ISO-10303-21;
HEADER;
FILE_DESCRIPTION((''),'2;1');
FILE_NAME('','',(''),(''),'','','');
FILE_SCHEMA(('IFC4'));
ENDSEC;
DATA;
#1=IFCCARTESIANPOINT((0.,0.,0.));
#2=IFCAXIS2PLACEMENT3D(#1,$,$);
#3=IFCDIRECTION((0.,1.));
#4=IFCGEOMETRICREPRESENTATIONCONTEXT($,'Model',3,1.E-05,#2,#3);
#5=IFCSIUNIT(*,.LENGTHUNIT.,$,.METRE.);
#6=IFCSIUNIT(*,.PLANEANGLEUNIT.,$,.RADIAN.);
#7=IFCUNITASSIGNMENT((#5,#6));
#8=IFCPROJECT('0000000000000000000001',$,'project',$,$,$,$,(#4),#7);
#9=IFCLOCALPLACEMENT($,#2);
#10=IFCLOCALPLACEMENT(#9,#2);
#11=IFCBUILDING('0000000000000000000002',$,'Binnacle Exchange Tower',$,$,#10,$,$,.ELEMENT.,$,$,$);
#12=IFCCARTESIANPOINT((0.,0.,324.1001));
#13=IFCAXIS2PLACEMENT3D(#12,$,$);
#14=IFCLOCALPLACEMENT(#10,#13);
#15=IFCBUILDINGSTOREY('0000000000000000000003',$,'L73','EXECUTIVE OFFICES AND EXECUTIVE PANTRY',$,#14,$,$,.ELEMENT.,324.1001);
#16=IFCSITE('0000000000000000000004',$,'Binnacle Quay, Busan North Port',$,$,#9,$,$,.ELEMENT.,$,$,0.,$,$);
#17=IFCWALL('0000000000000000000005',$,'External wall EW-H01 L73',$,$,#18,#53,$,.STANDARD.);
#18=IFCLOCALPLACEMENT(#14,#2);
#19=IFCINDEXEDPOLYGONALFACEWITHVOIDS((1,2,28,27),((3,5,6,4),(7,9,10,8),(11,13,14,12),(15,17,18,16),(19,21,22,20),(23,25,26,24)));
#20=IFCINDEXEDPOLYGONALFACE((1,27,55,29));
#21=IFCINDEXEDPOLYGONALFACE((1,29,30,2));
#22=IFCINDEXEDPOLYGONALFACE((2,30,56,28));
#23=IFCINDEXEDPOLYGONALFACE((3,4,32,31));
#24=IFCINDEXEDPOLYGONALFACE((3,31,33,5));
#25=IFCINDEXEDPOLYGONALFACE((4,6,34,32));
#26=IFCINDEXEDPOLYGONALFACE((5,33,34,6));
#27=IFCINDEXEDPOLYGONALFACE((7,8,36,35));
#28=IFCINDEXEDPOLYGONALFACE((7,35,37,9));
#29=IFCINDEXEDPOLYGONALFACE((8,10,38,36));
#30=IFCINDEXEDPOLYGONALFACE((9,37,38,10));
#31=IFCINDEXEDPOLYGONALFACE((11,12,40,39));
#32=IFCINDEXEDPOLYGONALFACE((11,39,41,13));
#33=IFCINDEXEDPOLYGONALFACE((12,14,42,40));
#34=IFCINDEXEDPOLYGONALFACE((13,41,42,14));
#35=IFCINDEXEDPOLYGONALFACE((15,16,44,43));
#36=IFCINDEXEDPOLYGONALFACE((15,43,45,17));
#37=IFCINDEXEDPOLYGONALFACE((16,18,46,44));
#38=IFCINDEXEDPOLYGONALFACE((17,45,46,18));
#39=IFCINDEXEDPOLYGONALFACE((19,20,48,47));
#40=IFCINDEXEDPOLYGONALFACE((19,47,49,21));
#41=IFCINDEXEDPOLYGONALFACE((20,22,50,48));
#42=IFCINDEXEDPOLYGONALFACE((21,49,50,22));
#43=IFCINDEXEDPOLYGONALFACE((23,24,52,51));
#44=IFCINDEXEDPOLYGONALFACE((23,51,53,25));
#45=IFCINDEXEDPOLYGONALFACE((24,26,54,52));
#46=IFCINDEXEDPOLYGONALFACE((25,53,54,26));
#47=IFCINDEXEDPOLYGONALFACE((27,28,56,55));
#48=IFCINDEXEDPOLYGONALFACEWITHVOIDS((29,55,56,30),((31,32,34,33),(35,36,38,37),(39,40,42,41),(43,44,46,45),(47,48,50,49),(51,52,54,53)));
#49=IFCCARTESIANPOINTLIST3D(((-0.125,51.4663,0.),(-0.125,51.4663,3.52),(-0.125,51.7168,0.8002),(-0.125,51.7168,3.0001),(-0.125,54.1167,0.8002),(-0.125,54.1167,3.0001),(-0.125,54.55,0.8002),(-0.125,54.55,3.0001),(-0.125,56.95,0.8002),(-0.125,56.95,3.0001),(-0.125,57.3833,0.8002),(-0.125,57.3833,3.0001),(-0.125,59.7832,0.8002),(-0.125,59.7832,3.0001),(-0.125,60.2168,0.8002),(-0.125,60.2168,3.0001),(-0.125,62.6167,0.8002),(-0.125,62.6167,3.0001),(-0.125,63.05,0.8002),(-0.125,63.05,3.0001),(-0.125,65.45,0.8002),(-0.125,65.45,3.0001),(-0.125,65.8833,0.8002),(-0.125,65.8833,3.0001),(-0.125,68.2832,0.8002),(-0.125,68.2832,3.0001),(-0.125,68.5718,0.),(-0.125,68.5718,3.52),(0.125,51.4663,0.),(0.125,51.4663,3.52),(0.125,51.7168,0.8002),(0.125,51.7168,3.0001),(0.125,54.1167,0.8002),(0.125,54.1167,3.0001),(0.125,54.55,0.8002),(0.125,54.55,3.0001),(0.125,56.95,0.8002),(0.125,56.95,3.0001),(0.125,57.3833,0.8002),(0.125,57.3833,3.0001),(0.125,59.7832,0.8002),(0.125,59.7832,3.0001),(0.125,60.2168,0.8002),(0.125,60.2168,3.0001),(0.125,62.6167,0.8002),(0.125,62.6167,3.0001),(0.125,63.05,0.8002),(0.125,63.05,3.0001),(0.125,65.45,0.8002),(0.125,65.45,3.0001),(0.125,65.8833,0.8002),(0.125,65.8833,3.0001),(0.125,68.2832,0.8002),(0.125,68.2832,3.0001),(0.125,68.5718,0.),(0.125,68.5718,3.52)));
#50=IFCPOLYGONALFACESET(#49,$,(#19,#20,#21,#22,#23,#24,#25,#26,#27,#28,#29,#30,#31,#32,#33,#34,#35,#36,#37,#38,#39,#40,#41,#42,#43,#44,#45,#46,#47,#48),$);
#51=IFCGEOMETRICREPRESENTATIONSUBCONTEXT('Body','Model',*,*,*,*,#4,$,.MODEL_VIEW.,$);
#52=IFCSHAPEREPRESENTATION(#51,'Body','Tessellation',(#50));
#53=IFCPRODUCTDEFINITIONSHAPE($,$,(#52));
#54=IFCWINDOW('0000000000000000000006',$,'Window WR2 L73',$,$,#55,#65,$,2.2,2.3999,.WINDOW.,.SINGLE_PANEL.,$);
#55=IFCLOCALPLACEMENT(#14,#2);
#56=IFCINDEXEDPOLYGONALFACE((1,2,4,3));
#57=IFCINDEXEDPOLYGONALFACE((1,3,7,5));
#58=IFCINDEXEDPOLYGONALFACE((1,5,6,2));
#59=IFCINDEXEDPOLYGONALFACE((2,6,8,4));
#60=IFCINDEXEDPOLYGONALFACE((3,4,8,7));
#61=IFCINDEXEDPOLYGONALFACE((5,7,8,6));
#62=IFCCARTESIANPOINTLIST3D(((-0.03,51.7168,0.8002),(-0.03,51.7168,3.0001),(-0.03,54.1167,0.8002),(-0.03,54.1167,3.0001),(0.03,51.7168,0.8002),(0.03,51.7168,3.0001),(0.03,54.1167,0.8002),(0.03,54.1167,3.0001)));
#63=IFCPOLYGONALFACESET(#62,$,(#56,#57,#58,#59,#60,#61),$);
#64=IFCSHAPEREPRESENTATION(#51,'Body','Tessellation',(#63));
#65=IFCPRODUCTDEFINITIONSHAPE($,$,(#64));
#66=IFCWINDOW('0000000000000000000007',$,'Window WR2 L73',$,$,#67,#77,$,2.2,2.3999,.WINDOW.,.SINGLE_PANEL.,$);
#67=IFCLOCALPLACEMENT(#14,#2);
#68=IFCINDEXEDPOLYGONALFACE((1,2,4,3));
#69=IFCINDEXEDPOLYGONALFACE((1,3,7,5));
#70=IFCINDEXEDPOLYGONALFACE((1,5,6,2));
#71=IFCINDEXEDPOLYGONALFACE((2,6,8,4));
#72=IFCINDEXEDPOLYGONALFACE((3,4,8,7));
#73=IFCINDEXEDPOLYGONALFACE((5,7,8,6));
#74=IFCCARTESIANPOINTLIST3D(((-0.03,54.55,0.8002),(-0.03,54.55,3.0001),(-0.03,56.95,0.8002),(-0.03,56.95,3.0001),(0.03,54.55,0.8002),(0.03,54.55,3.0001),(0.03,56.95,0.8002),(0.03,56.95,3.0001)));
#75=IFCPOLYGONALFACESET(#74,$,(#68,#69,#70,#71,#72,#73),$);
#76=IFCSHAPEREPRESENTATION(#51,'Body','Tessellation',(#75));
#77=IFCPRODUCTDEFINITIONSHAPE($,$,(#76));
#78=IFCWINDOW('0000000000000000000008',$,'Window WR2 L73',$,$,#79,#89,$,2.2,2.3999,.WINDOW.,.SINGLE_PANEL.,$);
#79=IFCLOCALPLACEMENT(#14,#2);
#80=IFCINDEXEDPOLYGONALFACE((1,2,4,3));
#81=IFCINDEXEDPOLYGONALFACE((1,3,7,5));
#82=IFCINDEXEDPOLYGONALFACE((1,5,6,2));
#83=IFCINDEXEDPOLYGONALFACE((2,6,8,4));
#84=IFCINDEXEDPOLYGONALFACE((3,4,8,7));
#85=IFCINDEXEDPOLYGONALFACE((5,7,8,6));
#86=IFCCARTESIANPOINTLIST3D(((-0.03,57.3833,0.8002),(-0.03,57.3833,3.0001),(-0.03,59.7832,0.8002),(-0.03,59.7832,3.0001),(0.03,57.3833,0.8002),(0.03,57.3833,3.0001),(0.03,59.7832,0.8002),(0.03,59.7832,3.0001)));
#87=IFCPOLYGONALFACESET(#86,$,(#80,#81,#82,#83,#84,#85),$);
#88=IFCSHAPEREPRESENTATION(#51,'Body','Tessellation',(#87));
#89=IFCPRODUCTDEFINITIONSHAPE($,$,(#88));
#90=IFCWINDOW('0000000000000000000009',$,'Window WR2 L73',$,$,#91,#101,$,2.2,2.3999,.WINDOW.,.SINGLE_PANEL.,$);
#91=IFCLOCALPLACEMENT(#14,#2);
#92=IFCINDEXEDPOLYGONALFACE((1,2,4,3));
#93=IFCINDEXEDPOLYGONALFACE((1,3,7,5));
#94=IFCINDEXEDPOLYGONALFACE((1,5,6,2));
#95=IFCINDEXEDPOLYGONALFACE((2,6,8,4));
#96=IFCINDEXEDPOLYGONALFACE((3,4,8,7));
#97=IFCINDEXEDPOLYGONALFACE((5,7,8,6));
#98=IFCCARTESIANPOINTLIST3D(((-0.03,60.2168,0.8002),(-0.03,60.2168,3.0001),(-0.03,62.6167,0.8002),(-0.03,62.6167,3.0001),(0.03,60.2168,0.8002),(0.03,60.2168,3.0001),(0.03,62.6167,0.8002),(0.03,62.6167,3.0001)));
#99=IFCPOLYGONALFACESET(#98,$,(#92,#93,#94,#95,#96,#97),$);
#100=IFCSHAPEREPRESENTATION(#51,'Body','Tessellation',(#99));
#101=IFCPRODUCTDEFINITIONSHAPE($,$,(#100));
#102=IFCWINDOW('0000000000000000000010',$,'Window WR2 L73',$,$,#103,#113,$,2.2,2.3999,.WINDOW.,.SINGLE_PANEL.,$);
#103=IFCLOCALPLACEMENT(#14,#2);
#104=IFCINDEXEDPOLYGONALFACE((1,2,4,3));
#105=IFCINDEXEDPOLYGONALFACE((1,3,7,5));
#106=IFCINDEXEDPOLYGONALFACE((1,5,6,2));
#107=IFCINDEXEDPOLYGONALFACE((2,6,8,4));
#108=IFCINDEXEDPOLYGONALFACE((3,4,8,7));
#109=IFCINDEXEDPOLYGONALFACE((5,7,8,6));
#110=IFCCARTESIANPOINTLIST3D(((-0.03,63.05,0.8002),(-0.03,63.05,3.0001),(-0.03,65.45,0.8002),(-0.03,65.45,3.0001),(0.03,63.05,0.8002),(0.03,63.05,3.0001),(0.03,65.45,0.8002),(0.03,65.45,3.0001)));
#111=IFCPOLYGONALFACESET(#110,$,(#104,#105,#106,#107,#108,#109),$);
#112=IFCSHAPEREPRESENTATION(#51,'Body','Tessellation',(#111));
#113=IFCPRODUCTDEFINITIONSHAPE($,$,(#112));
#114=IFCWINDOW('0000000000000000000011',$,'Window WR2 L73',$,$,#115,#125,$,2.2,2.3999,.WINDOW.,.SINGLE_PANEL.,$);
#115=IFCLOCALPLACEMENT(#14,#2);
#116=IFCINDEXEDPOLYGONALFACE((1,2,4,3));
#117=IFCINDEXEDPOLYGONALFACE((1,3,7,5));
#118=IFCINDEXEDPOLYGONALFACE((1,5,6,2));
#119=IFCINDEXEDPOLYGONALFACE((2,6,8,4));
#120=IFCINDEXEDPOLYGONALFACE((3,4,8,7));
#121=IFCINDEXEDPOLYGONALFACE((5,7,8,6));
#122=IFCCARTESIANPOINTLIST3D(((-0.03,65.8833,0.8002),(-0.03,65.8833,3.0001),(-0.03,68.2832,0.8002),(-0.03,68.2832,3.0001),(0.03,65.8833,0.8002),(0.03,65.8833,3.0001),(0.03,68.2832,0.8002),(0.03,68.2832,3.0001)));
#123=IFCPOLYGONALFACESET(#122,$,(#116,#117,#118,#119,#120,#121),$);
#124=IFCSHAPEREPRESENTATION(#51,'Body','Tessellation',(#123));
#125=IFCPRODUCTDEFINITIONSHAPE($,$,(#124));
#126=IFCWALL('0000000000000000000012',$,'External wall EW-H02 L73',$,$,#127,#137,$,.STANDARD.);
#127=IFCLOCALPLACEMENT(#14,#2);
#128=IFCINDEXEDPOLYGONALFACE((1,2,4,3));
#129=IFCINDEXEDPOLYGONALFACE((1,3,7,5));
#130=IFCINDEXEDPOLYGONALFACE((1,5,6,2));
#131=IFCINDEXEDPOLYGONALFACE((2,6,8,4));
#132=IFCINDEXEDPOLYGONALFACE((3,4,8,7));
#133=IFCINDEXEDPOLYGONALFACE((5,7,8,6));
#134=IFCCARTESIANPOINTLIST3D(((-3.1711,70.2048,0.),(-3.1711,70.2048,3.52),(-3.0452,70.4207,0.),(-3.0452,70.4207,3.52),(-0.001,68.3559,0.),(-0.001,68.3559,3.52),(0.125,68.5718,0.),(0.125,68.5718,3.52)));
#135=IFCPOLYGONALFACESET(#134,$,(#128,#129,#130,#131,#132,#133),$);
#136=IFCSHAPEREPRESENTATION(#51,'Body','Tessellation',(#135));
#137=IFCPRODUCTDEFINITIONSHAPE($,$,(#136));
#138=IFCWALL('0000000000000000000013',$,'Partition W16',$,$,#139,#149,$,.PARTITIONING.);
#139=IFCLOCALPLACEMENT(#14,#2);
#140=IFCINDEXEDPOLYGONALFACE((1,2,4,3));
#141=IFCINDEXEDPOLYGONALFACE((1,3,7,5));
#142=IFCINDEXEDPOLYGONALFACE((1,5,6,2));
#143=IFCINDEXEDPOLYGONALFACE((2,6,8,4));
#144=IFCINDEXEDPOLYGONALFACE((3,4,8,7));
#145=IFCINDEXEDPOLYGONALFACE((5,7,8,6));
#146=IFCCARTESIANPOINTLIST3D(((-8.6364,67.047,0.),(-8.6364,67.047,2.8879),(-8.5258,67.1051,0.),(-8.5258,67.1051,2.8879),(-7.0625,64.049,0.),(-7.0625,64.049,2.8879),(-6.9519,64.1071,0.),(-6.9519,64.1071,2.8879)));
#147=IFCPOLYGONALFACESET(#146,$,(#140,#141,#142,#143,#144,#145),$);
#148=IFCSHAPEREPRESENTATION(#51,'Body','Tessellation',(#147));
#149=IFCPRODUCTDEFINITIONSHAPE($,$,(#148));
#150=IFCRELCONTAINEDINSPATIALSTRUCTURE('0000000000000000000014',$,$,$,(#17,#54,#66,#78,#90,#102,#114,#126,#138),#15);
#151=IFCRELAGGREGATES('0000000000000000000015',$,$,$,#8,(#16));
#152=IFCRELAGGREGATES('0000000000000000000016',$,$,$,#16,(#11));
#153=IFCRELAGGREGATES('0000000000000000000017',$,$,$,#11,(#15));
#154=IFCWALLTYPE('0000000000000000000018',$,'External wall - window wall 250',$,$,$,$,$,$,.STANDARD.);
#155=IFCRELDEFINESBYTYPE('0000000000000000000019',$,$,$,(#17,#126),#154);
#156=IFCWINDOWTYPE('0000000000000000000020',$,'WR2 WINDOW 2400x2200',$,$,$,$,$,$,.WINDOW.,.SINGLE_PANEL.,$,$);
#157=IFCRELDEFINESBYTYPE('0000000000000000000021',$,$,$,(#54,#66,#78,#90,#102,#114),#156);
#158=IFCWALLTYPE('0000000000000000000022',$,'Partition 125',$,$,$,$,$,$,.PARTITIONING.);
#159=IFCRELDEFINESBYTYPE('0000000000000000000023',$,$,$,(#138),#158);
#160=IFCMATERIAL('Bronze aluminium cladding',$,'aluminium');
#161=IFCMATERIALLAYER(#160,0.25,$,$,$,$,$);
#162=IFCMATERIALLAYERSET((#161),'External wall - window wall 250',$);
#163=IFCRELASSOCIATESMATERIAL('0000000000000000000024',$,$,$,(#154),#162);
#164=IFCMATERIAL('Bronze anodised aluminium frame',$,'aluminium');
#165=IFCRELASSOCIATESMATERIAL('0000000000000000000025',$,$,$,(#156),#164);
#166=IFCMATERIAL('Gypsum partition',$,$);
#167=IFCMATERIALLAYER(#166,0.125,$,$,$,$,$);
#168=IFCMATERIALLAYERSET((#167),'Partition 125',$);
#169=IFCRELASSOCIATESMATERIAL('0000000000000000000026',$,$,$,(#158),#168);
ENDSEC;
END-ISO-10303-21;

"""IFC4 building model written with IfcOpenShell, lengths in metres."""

from ifc_helpers import new_model, si_unit, direction, frame, frame_2d, origin, place, context, subcontext, project, spatial, rectangle, extrude, material, layer, layer_set, type_object, element, fill, save


model = new_model("IFC4")

# Units and contexts
model_context = context("Model", 3, precision=1e-05, world=origin(), true_north=direction((0.0, 1.0)))
body_context = subcontext(model_context, "Body", "Model", "MODEL_VIEW")
ifc_project = project(units=[si_unit("LENGTHUNIT", "METRE"), si_unit("PLANEANGLEUNIT", "RADIAN")], contexts=[model_context])

# Site, building, storey
site_placement = place(None, origin())
site = spatial("IfcSite", under=ifc_project, at=site_placement, Name="Binnacle Quay, Busan North Port", CompositionType="ELEMENT", RefElevation=0.0)
building_placement = place(site_placement, origin())
building = spatial("IfcBuilding", under=site, at=building_placement, Name="Binnacle Exchange Tower", CompositionType="ELEMENT")
storey_placement = place(building_placement, frame((0.0, 0.0, 324.1001)))
storey = spatial("IfcBuildingStorey", under=building, at=storey_placement, Name="L73", Description="EXECUTIVE OFFICES AND EXECUTIVE PANTRY", CompositionType="ELEMENT", Elevation=324.1001)

# Shared definitions
ifc_material_1 = material(Name="Bronze anodised aluminium frame", Category="aluminium")

# Wall, openings, windows
ifc_material_2 = material(Name="Bronze aluminium cladding", Category="aluminium")
ifc_layer_1 = layer(ifc_material_2, 0.25)
ifc_layer_set_1 = layer_set([ifc_layer_1], Name="External wall - window wall 250")
wall_type_1 = type_object("IfcWallType", Name="External wall - window wall 250", PredefinedType="STANDARD", material=ifc_layer_set_1)
wall_1_placement = place(storey_placement, frame((0.0, 68.5718, 0.0), z_axis=(0.0, 0.0, 1.0), x_axis=(0.0, -1.0, 0.0)))
wall_1 = element("IfcWall", 1, at=wall_1_placement, inside=storey, type_object=wall_type_1, Name="External wall EW-H01 L73", PredefinedType="STANDARD", context=body_context, shape_type="SweptSolid", body=[
    extrude(rectangle(XDim=17.1055, YDim=0.25, at=frame_2d((8.5527, 0.0))), origin(), (0.0, 0.0, 1.0), 3.52),
])
opening_1_placement = place(wall_1_placement, frame((14.4551, 0.0, 0.8)))
opening_1 = element("IfcOpeningElement", 2, at=opening_1_placement, cuts=wall_1, PredefinedType="OPENING", context=body_context, shape_type="SweptSolid", body=[
    extrude(rectangle(XDim=2.3999, YDim=2.2, at=frame_2d((1.2, 1.1001))), frame((0.0, 0.135, 0.0), z_axis=(0.0, -1.0, 0.0), x_axis=(1.0, 0.0, 0.0)), (0.0, 0.0, 1.0), 0.27),
])
opening_2_placement = place(wall_1_placement, frame((11.6218, 0.0, 0.8)))
opening_2 = element("IfcOpeningElement", 3, at=opening_2_placement, cuts=wall_1, PredefinedType="OPENING", context=body_context, shape_type="SweptSolid", body=[
    extrude(rectangle(XDim=2.3999, YDim=2.2, at=frame_2d((1.2, 1.1001))), frame((0.0, 0.135, 0.0), z_axis=(0.0, -1.0, 0.0), x_axis=(1.0, 0.0, 0.0)), (0.0, 0.0, 1.0), 0.27),
])
opening_3_placement = place(wall_1_placement, frame((8.7886, 0.0, 0.8)))
opening_3 = element("IfcOpeningElement", 4, at=opening_3_placement, cuts=wall_1, PredefinedType="OPENING", context=body_context, shape_type="SweptSolid", body=[
    extrude(rectangle(XDim=2.3999, YDim=2.2, at=frame_2d((1.2, 1.1001))), frame((0.0, 0.135, 0.0), z_axis=(0.0, -1.0, 0.0), x_axis=(1.0, 0.0, 0.0)), (0.0, 0.0, 1.0), 0.27),
])
opening_4_placement = place(wall_1_placement, frame((5.9551, 0.0, 0.8)))
opening_4 = element("IfcOpeningElement", 5, at=opening_4_placement, cuts=wall_1, PredefinedType="OPENING", context=body_context, shape_type="SweptSolid", body=[
    extrude(rectangle(XDim=2.3999, YDim=2.2, at=frame_2d((1.2, 1.1001))), frame((0.0, 0.135, 0.0), z_axis=(0.0, -1.0, 0.0), x_axis=(1.0, 0.0, 0.0)), (0.0, 0.0, 1.0), 0.27),
])
opening_5_placement = place(wall_1_placement, frame((3.1218, 0.0, 0.8)))
opening_5 = element("IfcOpeningElement", 6, at=opening_5_placement, cuts=wall_1, PredefinedType="OPENING", context=body_context, shape_type="SweptSolid", body=[
    extrude(rectangle(XDim=2.3999, YDim=2.2, at=frame_2d((1.2, 1.1001))), frame((0.0, 0.135, 0.0), z_axis=(0.0, -1.0, 0.0), x_axis=(1.0, 0.0, 0.0)), (0.0, 0.0, 1.0), 0.27),
])
opening_6_placement = place(wall_1_placement, frame((0.2886, 0.0, 0.8)))
opening_6 = element("IfcOpeningElement", 7, at=opening_6_placement, cuts=wall_1, PredefinedType="OPENING", context=body_context, shape_type="SweptSolid", body=[
    extrude(rectangle(XDim=2.3999, YDim=2.2, at=frame_2d((1.2, 1.1001))), frame((0.0, 0.135, 0.0), z_axis=(0.0, -1.0, 0.0), x_axis=(1.0, 0.0, 0.0)), (0.0, 0.0, 1.0), 0.27),
])
window_type = type_object("IfcWindowType", Name="WR2 WINDOW 2400x2200", PartitioningType="SINGLE_PANEL", PredefinedType="WINDOW", material=ifc_material_1)
window_1_placement = place(opening_1_placement, origin())
window_1 = element("IfcWindow", 8, at=window_1_placement, inside=storey, type_object=window_type, Name="Window WR2 L73", OverallHeight=2.2, OverallWidth=2.3999, PartitioningType="SINGLE_PANEL", PredefinedType="WINDOW", context=body_context, shape_type="SweptSolid", body=[
    extrude(rectangle(XDim=2.3999, YDim=2.2, at=frame_2d((1.2, 1.1001))), frame((0.0, 0.03, 0.0), z_axis=(0.0, -1.0, 0.0), x_axis=(1.0, 0.0, 0.0)), (0.0, 0.0, 1.0), 0.0601),
])
fill(opening_1, window_1)
window_2_placement = place(opening_2_placement, origin())
window_2 = element("IfcWindow", 9, at=window_2_placement, inside=storey, type_object=window_type, Name="Window WR2 L73", OverallHeight=2.2, OverallWidth=2.3999, PartitioningType="SINGLE_PANEL", PredefinedType="WINDOW", context=body_context, shape_type="SweptSolid", body=[
    extrude(rectangle(XDim=2.3999, YDim=2.2, at=frame_2d((1.2, 1.1001))), frame((0.0, 0.03, 0.0), z_axis=(0.0, -1.0, 0.0), x_axis=(1.0, 0.0, 0.0)), (0.0, 0.0, 1.0), 0.0601),
])
fill(opening_2, window_2)
window_3_placement = place(opening_3_placement, origin())
window_3 = element("IfcWindow", 10, at=window_3_placement, inside=storey, type_object=window_type, Name="Window WR2 L73", OverallHeight=2.2, OverallWidth=2.3999, PartitioningType="SINGLE_PANEL", PredefinedType="WINDOW", context=body_context, shape_type="SweptSolid", body=[
    extrude(rectangle(XDim=2.3999, YDim=2.2, at=frame_2d((1.2, 1.1001))), frame((0.0, 0.03, 0.0), z_axis=(0.0, -1.0, 0.0), x_axis=(1.0, 0.0, 0.0)), (0.0, 0.0, 1.0), 0.0601),
])
fill(opening_3, window_3)
window_4_placement = place(opening_4_placement, origin())
window_4 = element("IfcWindow", 11, at=window_4_placement, inside=storey, type_object=window_type, Name="Window WR2 L73", OverallHeight=2.2, OverallWidth=2.3999, PartitioningType="SINGLE_PANEL", PredefinedType="WINDOW", context=body_context, shape_type="SweptSolid", body=[
    extrude(rectangle(XDim=2.3999, YDim=2.2, at=frame_2d((1.2, 1.1001))), frame((0.0, 0.03, 0.0), z_axis=(0.0, -1.0, 0.0), x_axis=(1.0, 0.0, 0.0)), (0.0, 0.0, 1.0), 0.0601),
])
fill(opening_4, window_4)
window_5_placement = place(opening_5_placement, origin())
window_5 = element("IfcWindow", 12, at=window_5_placement, inside=storey, type_object=window_type, Name="Window WR2 L73", OverallHeight=2.2, OverallWidth=2.3999, PartitioningType="SINGLE_PANEL", PredefinedType="WINDOW", context=body_context, shape_type="SweptSolid", body=[
    extrude(rectangle(XDim=2.3999, YDim=2.2, at=frame_2d((1.2, 1.1001))), frame((0.0, 0.03, 0.0), z_axis=(0.0, -1.0, 0.0), x_axis=(1.0, 0.0, 0.0)), (0.0, 0.0, 1.0), 0.0601),
])
fill(opening_5, window_5)
window_6_placement = place(opening_6_placement, origin())
window_6 = element("IfcWindow", 13, at=window_6_placement, inside=storey, type_object=window_type, Name="Window WR2 L73", OverallHeight=2.2, OverallWidth=2.3999, PartitioningType="SINGLE_PANEL", PredefinedType="WINDOW", context=body_context, shape_type="SweptSolid", body=[
    extrude(rectangle(XDim=2.3999, YDim=2.2, at=frame_2d((1.2, 1.1001))), frame((0.0, 0.03, 0.0), z_axis=(0.0, -1.0, 0.0), x_axis=(1.0, 0.0, 0.0)), (0.0, 0.0, 1.0), 0.0601),
])
fill(opening_6, window_6)

# Walls
wall_2_placement = place(storey_placement, frame((-3.1082, 70.3127, 0.0), z_axis=(0.0, 0.0, 1.0), x_axis=(0.863825, -0.503792, 0.0)))
element("IfcWall", 14, at=wall_2_placement, inside=storey, type_object=wall_type_1, Name="External wall EW-H02 L73", PredefinedType="STANDARD", context=body_context, shape_type="SweptSolid", body=[
    extrude(rectangle(XDim=3.6699, YDim=0.25, at=frame_2d((1.835, 0.0))), origin(), (0.0, 0.0, 1.0), 3.52),
])
ifc_material_3 = material(Name="Gypsum partition")
ifc_layer_2 = layer(ifc_material_3, 0.125)
ifc_layer_set_2 = layer_set([ifc_layer_2], Name="Partition 125")
wall_type_2 = type_object("IfcWallType", Name="Partition 125", PredefinedType="PARTITIONING", material=ifc_layer_set_2)
wall_3_placement = place(storey_placement, frame((-8.5811, 67.0759, 0.0), z_axis=(0.0, 0.0, 1.0), x_axis=(0.464834, -0.885398, 0.0)))
element("IfcWall", 15, at=wall_3_placement, inside=storey, type_object=wall_type_2, Name="Partition W16", PredefinedType="PARTITIONING", context=body_context, shape_type="SweptSolid", body=[
    extrude(rectangle(XDim=3.386, YDim=0.125, at=frame_2d((1.6929, 0.0))), origin(), (0.0, 0.0, 1.0), 2.8879),
])

save(model, "model.ifc")
